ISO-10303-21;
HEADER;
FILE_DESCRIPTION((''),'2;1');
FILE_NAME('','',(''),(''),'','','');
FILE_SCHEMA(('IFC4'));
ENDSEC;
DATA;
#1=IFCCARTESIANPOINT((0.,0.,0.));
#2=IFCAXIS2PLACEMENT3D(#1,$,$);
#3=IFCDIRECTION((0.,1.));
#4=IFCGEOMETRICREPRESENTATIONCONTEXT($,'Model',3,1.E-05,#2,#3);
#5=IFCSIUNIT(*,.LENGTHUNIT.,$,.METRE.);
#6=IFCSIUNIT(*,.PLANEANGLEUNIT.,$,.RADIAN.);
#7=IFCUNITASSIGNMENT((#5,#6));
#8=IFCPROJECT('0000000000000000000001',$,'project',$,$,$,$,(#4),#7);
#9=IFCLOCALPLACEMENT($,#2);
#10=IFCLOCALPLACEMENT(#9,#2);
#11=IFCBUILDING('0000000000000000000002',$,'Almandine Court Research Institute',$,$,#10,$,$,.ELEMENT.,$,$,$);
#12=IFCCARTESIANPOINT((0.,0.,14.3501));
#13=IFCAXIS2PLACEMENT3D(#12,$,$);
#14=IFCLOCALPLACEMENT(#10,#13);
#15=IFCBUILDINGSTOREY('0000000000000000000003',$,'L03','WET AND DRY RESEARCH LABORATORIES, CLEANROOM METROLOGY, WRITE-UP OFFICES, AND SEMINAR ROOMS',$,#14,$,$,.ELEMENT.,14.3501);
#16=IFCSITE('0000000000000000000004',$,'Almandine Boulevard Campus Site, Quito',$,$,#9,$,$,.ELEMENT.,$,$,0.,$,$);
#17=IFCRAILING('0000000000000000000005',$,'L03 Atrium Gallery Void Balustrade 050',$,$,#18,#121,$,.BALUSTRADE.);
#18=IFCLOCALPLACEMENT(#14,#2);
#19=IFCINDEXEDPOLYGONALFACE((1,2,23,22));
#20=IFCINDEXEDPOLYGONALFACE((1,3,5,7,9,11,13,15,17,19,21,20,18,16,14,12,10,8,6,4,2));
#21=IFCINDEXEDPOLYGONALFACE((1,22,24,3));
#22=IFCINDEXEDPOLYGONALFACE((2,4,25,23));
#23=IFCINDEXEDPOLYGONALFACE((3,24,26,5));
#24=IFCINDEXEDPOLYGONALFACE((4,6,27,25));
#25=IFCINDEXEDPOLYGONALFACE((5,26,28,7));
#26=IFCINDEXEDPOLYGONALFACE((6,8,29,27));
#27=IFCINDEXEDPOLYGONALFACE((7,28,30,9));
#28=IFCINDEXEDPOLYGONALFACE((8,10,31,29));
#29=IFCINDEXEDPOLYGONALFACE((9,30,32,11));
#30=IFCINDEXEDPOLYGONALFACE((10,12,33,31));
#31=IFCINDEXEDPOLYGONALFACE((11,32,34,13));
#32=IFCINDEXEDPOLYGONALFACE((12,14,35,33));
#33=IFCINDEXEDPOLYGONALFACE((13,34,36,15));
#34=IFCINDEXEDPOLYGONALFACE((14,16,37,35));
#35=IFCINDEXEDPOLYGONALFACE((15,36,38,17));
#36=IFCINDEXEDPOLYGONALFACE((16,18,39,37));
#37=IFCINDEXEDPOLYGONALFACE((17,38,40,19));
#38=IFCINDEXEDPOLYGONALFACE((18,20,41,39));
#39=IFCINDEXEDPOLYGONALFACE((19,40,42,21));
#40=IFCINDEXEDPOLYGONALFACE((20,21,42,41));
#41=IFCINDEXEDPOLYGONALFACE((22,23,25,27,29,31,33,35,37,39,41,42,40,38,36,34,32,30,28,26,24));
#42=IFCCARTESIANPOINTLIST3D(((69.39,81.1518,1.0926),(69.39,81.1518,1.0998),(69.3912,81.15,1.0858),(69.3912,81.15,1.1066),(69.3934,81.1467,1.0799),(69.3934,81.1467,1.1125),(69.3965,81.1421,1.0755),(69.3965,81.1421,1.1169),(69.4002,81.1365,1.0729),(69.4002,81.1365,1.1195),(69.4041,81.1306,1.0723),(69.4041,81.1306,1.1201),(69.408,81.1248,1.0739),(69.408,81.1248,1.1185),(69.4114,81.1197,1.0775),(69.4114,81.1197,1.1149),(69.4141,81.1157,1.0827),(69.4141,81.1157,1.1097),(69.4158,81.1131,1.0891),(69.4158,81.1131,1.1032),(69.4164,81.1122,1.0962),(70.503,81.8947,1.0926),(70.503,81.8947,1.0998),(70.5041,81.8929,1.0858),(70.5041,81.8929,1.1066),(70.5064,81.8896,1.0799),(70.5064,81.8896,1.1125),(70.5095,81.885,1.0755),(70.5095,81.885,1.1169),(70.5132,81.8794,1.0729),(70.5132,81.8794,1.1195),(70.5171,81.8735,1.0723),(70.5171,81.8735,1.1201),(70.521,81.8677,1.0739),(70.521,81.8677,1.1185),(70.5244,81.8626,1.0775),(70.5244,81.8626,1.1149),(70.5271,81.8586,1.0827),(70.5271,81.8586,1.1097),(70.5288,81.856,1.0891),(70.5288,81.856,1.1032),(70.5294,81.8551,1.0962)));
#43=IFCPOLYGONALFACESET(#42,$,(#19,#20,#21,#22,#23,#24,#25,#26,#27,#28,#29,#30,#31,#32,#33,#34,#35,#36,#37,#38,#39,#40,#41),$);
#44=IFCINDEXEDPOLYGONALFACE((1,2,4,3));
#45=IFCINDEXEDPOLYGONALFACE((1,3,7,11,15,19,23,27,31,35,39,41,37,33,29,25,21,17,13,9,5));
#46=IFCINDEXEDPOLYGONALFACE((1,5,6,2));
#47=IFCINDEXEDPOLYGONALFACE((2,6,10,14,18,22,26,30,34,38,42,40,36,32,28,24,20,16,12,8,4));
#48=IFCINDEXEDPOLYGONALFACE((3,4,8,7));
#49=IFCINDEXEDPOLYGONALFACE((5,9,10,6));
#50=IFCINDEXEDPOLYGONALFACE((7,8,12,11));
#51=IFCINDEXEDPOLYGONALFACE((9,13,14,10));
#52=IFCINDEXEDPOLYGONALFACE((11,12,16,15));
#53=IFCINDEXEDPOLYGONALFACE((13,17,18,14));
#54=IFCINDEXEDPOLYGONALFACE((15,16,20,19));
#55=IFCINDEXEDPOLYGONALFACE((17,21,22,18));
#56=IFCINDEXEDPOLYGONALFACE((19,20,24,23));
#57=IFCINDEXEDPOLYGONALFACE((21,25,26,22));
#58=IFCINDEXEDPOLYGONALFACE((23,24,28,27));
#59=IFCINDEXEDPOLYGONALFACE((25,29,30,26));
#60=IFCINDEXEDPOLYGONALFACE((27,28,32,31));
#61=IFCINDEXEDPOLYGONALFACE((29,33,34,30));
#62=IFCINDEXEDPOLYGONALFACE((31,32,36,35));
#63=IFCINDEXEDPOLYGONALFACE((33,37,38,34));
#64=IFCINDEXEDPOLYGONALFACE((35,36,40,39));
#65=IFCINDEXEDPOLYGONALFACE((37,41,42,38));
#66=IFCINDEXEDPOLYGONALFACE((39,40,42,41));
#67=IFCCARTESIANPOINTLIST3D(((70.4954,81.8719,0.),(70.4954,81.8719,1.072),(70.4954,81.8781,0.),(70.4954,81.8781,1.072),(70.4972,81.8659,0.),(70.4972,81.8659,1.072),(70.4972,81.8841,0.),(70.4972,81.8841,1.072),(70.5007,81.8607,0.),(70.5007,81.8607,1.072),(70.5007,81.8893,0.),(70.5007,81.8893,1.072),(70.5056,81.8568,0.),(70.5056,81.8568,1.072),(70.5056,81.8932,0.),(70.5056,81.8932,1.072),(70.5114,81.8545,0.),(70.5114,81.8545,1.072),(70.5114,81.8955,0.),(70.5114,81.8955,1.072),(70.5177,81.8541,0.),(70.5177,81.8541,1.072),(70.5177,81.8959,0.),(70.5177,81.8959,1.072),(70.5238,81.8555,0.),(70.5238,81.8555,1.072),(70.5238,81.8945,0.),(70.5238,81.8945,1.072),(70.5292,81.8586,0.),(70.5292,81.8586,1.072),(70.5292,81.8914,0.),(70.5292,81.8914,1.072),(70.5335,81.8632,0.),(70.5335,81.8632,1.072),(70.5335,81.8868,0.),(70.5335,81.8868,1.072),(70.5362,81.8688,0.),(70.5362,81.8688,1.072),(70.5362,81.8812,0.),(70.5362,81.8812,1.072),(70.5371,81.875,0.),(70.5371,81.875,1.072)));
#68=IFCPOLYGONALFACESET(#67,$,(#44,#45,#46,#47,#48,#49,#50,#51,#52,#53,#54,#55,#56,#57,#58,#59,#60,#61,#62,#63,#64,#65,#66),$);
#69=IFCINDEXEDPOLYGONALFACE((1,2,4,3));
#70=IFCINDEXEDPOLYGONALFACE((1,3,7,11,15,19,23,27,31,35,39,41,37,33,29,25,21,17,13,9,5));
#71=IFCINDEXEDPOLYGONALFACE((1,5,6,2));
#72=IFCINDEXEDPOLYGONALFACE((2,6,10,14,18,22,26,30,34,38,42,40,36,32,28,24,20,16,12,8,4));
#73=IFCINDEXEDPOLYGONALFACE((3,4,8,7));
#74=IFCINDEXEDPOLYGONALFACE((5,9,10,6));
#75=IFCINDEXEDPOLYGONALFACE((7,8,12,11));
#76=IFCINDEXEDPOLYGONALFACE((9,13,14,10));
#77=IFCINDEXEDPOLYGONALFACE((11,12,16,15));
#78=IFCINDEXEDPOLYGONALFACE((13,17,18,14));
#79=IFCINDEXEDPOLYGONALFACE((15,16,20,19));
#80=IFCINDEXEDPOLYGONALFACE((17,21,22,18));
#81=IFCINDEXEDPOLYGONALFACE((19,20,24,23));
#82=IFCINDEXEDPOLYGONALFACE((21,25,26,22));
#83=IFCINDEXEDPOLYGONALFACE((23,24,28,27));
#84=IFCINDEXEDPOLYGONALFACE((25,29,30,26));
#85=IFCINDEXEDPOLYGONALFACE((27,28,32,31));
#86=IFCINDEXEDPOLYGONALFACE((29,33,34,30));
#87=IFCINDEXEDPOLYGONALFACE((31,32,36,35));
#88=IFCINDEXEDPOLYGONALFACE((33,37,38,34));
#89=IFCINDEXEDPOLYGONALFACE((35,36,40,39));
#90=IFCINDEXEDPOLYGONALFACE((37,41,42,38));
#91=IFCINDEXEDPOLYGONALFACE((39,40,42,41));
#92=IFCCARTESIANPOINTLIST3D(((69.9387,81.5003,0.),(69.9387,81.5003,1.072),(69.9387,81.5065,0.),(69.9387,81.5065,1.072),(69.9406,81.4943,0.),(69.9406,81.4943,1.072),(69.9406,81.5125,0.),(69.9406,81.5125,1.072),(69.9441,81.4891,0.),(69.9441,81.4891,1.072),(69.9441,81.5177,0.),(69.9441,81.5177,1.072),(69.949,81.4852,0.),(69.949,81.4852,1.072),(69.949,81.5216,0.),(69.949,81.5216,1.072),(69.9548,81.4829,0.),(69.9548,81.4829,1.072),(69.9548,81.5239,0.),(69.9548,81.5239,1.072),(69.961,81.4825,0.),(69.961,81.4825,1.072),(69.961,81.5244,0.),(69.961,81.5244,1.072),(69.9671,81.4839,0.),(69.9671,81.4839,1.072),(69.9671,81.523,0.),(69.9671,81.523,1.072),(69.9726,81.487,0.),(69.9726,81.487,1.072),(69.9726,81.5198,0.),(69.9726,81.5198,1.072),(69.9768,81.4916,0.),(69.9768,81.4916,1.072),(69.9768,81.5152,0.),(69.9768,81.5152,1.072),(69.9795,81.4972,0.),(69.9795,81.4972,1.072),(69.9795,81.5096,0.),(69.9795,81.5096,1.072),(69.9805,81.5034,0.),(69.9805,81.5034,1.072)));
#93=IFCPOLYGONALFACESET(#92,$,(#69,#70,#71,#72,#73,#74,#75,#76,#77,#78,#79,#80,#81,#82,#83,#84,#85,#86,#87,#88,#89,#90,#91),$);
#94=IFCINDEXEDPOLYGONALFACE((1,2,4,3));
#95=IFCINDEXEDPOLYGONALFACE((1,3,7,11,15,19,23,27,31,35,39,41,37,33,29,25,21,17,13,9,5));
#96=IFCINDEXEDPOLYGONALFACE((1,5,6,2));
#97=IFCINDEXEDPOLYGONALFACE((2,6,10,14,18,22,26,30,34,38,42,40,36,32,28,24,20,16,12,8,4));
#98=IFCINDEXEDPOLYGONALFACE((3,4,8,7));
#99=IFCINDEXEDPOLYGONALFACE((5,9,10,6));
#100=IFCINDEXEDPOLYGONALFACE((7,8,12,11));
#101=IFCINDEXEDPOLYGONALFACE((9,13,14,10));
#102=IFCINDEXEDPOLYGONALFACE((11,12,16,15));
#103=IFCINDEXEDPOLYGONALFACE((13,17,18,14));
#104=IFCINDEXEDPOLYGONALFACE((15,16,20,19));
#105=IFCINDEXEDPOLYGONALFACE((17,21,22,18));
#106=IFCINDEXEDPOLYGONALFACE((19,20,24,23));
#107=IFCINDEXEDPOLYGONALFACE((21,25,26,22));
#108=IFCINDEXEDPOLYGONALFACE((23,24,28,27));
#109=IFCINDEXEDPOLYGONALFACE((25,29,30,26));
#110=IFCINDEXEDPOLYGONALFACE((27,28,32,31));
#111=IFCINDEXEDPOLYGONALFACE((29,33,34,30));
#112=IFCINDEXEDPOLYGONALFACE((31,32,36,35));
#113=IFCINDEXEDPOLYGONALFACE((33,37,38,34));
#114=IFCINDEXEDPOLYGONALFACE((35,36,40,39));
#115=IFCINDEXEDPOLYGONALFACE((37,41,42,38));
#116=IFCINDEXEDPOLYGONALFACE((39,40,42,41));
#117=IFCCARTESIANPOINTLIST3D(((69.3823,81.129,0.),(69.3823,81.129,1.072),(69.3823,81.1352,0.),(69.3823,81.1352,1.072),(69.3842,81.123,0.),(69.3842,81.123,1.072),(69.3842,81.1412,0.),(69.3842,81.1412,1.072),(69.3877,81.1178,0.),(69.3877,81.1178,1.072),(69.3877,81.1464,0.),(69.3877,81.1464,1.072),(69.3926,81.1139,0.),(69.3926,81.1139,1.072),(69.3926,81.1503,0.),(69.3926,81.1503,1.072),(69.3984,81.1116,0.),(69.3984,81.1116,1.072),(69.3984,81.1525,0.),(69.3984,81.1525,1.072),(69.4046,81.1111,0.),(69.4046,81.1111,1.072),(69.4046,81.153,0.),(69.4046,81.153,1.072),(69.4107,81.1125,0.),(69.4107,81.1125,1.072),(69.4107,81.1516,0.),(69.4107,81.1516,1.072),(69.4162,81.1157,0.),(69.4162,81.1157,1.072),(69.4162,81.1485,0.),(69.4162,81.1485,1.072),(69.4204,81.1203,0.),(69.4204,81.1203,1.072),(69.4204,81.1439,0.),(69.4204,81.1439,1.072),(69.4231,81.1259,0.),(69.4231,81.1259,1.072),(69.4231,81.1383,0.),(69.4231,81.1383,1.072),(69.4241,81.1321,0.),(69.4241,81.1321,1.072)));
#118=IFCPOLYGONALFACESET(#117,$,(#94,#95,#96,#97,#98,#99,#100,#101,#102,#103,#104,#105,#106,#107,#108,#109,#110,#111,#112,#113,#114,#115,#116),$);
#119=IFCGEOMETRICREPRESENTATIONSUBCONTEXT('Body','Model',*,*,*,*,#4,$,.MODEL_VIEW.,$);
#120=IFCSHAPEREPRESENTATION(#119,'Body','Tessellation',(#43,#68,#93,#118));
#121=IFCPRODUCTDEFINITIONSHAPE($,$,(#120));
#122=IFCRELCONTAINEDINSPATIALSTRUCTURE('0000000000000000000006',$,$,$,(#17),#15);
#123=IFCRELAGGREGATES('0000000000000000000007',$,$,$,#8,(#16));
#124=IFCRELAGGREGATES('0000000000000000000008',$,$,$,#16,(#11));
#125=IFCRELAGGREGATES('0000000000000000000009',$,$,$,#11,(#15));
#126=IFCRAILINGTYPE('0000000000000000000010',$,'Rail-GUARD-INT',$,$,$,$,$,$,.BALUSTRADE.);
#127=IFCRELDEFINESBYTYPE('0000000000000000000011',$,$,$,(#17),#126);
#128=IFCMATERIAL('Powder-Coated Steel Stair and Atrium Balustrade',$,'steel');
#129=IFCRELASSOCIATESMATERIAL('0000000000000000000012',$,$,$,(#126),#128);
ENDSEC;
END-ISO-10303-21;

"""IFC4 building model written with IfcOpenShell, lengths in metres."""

from ifc_helpers import new_model, si_unit, direction, frame, origin, origin_2d, place, context, subcontext, project, spatial, circle, extrude, material, type_object, element, save


model = new_model("IFC4")

# Units and contexts
model_context = context("Model", 3, precision=1e-05, world=origin(), true_north=direction((0.0, 1.0)))
body_context = subcontext(model_context, "Body", "Model", "MODEL_VIEW")
ifc_project = project(units=[si_unit("LENGTHUNIT", "METRE"), si_unit("PLANEANGLEUNIT", "RADIAN")], contexts=[model_context])

# Site, building, storey
site_placement = place(None, origin())
site = spatial("IfcSite", under=ifc_project, at=site_placement, Name="Almandine Boulevard Campus Site, Quito", CompositionType="ELEMENT", RefElevation=0.0)
building_placement = place(site_placement, origin())
building = spatial("IfcBuilding", under=site, at=building_placement, Name="Almandine Court Research Institute", CompositionType="ELEMENT")
storey_placement = place(building_placement, frame((0.0, 0.0, 14.3501)))
storey = spatial("IfcBuildingStorey", under=building, at=storey_placement, Name="L03", Description="WET AND DRY RESEARCH LABORATORIES, CLEANROOM METROLOGY, WRITE-UP OFFICES, AND SEMINAR ROOMS", CompositionType="ELEMENT", Elevation=14.3501)

# Railing
ifc_material_1 = material(Name="Powder-Coated Steel Stair and Atrium Balustrade", Category="steel")
railing_type = type_object("IfcRailingType", Name="Rail-GUARD-INT", PredefinedType="BALUSTRADE", material=ifc_material_1)
railing_1_placement = place(storey_placement, frame((70.5161, 81.875, 0.0)))
element("IfcRailing", 1, at=railing_1_placement, inside=storey, type_object=railing_type, Name="L03 Atrium Gallery Void Balustrade 050", PredefinedType="BALUSTRADE", context=body_context, shape_type="SweptSolid", body=[
    extrude(circle(Radius=0.0239, at=origin_2d()), frame((0.0, 0.0, 1.0962), z_axis=(-0.831741, -0.555163, 0.0), x_axis=(0.555163, -0.831741, 0.0)), (0.0, 0.0, 1.0), 1.3381),
    extrude(circle(Radius=0.021, at=origin_2d()), origin(), (0.0, 0.0, 1.0), 1.072),
    extrude(circle(Radius=0.021, at=origin_2d()), frame((-0.5566, -0.3716, 0.0)), (0.0, 0.0, 1.0), 1.072),
    extrude(circle(Radius=0.021, at=origin_2d()), frame((-1.113, -0.7429, 0.0)), (0.0, 0.0, 1.0), 1.072),
])

save(model, "model.ifc")
